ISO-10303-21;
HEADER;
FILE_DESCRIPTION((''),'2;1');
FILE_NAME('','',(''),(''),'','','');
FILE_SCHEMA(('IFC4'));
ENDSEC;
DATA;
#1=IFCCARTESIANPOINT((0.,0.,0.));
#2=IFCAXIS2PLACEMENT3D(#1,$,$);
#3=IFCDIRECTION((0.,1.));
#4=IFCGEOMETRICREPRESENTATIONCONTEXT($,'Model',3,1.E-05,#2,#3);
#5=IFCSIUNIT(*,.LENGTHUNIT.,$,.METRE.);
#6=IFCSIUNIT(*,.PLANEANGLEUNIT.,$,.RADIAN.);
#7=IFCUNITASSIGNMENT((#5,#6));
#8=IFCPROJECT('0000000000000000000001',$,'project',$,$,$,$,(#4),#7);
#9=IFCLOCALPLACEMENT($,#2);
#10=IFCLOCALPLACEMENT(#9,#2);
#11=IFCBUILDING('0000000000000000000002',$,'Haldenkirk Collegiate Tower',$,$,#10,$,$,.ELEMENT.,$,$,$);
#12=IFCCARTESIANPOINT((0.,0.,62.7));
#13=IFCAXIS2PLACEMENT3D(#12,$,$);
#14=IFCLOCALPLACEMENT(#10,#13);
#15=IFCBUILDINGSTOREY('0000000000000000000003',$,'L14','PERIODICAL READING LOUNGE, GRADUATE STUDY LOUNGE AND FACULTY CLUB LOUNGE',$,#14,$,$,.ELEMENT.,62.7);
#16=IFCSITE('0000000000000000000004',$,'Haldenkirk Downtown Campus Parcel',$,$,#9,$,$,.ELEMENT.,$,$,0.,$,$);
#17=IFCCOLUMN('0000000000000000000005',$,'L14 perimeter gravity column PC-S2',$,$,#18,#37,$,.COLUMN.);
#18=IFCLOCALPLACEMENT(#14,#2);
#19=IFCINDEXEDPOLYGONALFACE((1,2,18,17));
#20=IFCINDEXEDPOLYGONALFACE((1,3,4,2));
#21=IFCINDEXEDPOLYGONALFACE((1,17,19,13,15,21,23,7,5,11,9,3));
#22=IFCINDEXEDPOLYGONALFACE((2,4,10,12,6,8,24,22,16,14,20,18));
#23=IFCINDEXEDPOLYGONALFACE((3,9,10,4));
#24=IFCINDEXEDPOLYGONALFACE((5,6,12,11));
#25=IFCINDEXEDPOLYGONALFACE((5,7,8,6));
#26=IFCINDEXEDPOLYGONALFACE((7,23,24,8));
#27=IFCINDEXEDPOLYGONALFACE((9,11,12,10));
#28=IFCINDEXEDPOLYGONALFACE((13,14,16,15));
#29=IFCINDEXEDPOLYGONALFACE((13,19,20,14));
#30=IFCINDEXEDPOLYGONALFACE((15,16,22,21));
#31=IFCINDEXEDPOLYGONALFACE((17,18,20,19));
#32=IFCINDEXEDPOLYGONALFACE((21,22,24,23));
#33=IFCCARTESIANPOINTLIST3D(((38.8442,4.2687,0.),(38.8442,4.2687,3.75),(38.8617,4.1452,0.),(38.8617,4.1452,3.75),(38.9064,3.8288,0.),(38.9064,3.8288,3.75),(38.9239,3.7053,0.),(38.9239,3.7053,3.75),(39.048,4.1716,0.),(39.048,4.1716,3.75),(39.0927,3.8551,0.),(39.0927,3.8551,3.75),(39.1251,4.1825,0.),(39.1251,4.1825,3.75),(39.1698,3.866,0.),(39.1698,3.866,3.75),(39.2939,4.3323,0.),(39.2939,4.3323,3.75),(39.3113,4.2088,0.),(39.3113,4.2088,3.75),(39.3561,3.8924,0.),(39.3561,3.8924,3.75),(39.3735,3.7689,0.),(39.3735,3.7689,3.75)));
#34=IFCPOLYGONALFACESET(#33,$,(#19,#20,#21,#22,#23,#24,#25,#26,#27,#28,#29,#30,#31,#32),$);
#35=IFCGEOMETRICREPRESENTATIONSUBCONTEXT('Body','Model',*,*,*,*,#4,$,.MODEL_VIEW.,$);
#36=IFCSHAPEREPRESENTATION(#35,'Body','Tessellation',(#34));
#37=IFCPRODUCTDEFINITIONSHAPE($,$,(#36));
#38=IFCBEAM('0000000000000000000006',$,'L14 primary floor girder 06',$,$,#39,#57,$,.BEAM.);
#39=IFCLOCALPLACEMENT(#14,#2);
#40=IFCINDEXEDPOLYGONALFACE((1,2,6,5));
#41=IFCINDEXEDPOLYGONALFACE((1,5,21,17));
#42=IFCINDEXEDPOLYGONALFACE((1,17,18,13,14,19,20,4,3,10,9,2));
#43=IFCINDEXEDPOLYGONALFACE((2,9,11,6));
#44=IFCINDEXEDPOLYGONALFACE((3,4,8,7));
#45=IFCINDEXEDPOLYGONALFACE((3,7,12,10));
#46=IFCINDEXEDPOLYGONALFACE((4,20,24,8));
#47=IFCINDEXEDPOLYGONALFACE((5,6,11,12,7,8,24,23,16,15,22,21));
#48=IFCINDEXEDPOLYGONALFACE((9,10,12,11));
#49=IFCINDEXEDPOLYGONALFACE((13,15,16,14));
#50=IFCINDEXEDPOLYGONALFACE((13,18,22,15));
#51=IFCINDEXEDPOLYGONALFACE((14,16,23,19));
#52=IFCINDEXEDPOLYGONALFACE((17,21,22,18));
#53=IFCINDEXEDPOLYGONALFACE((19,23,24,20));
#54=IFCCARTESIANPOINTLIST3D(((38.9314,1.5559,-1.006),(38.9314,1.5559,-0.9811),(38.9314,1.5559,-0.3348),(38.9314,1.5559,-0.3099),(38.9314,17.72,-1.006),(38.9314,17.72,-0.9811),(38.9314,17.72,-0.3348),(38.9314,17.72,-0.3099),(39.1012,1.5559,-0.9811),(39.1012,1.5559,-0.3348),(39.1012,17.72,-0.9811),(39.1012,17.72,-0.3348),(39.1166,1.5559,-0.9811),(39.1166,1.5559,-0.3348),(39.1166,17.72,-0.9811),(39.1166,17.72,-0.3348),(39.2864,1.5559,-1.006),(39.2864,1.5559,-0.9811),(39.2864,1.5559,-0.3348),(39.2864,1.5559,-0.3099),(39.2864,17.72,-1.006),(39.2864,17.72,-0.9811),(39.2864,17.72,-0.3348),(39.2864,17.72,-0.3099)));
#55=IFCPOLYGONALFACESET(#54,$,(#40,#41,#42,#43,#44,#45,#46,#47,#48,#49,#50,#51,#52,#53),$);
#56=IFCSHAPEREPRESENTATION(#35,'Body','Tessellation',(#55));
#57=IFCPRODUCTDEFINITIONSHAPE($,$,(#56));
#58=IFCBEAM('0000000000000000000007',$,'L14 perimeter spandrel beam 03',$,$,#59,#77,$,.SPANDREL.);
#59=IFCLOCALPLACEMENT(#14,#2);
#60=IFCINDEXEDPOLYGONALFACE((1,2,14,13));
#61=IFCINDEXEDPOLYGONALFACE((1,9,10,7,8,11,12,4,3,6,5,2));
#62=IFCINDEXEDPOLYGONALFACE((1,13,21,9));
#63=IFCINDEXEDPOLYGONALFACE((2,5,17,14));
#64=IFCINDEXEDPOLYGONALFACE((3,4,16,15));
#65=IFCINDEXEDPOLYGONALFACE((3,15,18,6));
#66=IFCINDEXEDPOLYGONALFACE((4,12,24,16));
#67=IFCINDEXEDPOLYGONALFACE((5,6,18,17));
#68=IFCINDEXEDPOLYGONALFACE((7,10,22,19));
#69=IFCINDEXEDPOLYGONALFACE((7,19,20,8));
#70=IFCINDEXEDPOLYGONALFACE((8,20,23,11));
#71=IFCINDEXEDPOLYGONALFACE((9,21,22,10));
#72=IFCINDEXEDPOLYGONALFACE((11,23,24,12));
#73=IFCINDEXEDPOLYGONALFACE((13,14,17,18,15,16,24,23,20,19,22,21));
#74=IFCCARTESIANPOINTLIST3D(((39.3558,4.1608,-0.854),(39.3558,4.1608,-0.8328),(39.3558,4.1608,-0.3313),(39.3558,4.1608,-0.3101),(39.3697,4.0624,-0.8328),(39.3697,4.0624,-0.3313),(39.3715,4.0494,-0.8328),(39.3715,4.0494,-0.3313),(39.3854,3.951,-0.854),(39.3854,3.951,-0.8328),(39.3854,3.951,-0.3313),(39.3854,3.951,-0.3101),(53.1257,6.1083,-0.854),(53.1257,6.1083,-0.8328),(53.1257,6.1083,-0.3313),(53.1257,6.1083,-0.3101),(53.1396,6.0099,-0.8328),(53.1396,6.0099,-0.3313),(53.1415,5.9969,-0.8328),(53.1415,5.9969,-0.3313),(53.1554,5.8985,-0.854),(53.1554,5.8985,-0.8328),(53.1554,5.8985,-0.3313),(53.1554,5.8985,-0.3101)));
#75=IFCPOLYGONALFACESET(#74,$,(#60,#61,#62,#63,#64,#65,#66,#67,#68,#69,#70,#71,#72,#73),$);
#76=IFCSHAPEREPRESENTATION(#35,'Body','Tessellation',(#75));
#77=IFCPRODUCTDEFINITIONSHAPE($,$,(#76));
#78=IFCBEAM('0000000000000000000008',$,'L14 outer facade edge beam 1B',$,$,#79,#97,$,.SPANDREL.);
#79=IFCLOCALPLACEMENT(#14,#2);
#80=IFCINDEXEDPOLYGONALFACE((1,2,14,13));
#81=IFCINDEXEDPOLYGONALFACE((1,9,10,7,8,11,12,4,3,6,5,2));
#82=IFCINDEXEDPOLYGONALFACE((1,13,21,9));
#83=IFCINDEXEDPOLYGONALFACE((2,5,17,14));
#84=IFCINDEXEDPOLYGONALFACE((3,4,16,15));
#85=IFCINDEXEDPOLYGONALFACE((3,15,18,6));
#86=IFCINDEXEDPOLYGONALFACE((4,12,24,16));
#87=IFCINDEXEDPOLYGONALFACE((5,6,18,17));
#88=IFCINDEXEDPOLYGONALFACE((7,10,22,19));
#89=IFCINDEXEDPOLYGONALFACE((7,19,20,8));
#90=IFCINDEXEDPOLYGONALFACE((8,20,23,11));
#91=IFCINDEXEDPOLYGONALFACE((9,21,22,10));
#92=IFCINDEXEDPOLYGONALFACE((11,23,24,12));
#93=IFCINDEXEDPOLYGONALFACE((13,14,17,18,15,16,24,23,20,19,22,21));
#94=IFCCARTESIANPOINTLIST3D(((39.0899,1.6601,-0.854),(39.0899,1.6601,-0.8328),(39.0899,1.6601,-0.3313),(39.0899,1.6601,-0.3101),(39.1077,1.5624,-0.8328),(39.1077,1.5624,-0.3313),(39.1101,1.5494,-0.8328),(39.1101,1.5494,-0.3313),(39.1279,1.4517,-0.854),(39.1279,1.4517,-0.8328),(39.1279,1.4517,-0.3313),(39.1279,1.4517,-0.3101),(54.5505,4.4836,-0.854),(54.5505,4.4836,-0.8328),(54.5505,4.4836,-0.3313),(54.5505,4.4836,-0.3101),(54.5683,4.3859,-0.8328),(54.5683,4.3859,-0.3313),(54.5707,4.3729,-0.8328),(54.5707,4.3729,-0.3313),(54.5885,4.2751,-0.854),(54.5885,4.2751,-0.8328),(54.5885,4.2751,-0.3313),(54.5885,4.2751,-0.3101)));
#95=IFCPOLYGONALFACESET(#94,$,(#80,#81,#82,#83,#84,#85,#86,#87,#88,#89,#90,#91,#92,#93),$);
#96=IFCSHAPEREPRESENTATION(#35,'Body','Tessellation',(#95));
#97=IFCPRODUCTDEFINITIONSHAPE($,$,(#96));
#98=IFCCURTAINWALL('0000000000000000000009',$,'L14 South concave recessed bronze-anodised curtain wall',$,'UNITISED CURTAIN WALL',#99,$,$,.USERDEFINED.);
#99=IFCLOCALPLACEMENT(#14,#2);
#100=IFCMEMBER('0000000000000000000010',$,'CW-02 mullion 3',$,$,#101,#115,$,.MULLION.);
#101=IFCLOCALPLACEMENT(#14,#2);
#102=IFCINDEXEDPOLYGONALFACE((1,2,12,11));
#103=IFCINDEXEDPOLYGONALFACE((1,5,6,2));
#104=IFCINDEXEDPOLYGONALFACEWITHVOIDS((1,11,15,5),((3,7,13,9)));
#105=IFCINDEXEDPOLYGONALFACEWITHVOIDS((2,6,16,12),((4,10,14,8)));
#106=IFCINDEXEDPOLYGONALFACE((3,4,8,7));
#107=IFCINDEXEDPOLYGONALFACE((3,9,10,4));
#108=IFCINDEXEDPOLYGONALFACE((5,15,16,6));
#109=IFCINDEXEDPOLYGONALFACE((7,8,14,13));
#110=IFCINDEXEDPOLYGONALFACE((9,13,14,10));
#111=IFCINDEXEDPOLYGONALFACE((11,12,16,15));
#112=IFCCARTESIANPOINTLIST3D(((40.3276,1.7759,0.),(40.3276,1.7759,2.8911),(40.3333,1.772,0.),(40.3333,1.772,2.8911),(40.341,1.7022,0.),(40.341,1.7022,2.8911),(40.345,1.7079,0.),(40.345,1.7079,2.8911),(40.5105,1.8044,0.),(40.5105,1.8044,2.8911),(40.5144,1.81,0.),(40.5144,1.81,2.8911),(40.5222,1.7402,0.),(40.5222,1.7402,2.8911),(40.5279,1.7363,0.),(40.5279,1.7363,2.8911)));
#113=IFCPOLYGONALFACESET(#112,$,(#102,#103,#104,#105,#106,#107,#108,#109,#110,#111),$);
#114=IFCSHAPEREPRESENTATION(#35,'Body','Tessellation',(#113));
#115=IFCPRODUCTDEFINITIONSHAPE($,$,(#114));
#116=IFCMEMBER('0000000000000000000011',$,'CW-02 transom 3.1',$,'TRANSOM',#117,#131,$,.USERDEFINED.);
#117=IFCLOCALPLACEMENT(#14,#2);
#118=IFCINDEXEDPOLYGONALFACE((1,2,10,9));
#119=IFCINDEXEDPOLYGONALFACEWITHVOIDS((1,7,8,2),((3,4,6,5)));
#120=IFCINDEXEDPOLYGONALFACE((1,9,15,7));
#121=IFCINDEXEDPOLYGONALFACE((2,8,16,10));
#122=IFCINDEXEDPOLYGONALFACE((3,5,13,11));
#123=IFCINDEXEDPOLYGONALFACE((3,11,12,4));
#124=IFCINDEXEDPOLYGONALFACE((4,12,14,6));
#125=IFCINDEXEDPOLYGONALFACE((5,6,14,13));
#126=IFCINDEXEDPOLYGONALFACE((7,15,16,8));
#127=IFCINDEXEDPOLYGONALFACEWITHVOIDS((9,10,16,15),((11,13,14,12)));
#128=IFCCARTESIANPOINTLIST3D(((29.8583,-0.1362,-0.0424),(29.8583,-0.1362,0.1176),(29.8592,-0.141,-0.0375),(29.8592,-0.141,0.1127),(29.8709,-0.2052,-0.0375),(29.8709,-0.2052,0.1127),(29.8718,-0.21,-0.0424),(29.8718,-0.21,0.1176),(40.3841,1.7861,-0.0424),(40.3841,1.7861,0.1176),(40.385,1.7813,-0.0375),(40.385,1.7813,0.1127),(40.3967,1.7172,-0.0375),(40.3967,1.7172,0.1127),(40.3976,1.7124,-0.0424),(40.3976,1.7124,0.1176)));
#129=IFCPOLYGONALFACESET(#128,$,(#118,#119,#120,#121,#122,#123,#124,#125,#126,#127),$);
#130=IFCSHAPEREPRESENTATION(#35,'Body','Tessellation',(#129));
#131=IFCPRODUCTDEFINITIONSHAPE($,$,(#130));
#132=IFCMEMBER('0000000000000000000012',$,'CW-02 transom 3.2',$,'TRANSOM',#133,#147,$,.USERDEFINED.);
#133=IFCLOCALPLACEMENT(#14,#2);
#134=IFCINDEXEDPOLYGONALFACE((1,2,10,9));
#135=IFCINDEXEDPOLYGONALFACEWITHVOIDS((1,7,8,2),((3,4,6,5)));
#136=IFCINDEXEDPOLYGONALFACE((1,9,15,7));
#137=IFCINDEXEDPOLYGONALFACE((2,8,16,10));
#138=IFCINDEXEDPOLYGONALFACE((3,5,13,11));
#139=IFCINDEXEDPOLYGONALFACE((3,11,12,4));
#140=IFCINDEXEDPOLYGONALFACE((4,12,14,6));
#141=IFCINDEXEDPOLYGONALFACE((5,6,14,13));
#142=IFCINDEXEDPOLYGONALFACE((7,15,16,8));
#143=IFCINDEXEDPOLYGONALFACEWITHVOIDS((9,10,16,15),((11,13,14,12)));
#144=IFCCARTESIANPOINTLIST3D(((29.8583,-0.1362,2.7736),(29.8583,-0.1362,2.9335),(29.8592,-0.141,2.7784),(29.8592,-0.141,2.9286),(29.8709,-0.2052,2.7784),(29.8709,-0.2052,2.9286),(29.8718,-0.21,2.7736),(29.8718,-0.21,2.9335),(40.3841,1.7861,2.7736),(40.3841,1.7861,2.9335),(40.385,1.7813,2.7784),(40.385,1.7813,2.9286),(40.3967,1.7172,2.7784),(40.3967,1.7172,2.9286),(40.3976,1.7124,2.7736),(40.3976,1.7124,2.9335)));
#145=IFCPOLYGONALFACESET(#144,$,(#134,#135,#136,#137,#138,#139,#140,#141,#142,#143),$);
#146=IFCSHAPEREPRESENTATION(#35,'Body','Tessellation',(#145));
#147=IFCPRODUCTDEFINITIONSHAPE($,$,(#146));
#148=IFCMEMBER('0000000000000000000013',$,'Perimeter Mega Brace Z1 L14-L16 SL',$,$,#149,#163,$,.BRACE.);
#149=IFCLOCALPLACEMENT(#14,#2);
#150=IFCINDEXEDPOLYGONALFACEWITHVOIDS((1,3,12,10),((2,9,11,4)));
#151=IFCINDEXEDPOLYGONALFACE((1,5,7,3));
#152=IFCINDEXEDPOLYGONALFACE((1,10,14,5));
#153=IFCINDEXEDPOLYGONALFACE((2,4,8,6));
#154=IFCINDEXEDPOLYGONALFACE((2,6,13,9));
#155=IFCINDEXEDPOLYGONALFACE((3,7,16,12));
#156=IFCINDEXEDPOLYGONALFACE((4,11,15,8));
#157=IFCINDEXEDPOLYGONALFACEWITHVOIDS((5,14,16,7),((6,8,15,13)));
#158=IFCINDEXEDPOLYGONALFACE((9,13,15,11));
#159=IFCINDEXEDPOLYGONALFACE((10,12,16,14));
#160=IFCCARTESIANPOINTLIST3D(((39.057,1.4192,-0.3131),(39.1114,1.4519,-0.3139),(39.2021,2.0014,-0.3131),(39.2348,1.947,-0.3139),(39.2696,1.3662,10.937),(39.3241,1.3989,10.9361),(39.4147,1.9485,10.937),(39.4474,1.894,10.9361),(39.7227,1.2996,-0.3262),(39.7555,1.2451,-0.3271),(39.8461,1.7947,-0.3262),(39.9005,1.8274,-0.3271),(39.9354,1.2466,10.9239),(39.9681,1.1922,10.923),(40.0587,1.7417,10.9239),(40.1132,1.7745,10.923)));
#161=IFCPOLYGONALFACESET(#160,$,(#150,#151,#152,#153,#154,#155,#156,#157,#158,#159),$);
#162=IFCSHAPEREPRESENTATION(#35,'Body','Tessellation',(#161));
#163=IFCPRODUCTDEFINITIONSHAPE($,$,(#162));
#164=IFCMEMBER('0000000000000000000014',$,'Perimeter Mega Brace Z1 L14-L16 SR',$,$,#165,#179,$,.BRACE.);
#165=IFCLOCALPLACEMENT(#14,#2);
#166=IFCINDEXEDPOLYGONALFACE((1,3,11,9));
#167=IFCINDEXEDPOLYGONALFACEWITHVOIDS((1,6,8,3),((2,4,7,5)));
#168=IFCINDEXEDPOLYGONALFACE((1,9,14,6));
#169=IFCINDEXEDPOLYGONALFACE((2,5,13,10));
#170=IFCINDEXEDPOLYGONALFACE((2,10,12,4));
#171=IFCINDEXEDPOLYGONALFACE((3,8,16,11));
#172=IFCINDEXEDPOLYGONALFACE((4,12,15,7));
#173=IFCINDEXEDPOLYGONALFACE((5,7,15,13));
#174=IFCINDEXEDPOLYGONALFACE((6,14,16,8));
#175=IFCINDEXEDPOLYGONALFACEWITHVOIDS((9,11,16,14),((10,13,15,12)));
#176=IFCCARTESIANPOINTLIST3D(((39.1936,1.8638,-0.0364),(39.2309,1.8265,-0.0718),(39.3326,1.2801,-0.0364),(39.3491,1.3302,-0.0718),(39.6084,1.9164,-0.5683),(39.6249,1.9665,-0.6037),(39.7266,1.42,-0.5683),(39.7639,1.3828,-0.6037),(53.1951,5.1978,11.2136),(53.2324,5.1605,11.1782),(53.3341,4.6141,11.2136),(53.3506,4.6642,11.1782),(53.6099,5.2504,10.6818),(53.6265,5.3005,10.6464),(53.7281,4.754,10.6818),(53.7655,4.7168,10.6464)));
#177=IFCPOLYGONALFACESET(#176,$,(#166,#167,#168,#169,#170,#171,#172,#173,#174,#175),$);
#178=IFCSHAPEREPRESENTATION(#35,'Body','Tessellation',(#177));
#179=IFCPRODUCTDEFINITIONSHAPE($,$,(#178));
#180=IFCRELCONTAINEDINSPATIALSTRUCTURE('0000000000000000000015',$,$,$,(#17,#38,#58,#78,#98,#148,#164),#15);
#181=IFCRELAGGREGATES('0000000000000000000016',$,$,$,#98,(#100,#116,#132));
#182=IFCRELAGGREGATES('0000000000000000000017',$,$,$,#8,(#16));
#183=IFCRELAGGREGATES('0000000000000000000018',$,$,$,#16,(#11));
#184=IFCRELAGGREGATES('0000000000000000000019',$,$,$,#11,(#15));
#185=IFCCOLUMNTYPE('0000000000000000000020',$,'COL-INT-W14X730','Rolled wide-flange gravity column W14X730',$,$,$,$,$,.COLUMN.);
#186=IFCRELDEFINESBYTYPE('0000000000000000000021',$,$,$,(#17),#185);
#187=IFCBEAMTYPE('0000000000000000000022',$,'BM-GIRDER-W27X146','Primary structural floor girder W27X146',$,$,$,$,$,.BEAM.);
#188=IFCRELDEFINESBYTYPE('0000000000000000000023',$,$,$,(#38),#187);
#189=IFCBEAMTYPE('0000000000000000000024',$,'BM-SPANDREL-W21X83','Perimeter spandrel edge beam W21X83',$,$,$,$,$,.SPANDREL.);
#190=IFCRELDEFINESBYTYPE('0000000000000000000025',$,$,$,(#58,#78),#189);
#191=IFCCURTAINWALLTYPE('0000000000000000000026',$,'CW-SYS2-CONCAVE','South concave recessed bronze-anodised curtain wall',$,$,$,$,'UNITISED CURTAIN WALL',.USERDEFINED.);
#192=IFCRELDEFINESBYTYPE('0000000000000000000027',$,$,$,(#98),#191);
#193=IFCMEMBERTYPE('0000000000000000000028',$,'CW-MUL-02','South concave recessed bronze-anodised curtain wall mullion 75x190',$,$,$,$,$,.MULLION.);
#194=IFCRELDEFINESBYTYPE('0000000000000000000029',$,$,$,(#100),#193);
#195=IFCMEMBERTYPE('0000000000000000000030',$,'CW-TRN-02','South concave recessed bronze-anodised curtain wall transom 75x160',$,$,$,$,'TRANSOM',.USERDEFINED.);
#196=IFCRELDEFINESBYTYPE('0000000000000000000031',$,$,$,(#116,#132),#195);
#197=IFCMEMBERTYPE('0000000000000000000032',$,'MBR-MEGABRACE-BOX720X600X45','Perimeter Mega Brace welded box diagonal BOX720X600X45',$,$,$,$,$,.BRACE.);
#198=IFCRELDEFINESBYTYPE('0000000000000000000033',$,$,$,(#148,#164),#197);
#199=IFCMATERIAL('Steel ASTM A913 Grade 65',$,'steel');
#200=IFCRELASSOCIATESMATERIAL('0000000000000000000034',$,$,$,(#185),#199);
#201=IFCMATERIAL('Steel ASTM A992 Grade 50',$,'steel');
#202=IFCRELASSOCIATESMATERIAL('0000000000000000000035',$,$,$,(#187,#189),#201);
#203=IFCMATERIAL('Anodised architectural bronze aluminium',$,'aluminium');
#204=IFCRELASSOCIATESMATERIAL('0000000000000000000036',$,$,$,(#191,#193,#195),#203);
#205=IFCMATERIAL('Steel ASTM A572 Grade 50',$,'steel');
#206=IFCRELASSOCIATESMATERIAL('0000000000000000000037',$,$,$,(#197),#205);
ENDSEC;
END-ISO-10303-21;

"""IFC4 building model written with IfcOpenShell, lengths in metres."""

from ifc_helpers import new_model, si_unit, direction, frame, origin, origin_2d, place, context, subcontext, project, spatial, hollow_rectangle, i_section, extrude, material, material_profile, profile_set, type_object, element, aggregate, save


model = new_model("IFC4")

# Units and contexts
model_context = context("Model", 3, precision=1e-05, world=origin(), true_north=direction((0.0, 1.0)))
body_context = subcontext(model_context, "Body", "Model", "MODEL_VIEW")
ifc_project = project(units=[si_unit("LENGTHUNIT", "METRE"), si_unit("PLANEANGLEUNIT", "RADIAN")], contexts=[model_context])

# Site, building, storey
site_placement = place(None, origin())
site = spatial("IfcSite", under=ifc_project, at=site_placement, Name="Haldenkirk Downtown Campus Parcel", CompositionType="ELEMENT", RefElevation=0.0)
building_placement = place(site_placement, origin())
building = spatial("IfcBuilding", under=site, at=building_placement, Name="Haldenkirk Collegiate Tower", CompositionType="ELEMENT")
storey_placement = place(building_placement, frame((0.0, 0.0, 62.7)))
storey = spatial("IfcBuildingStorey", under=building, at=storey_placement, Name="L14", Description="PERIODICAL READING LOUNGE, GRADUATE STUDY LOUNGE AND FACULTY CLUB LOUNGE", CompositionType="ELEMENT", Elevation=62.7)

# Column
ifc_material_1 = material(Name="Steel ASTM A913 Grade 65", Category="steel")
ifc_material_profile_1 = material_profile(ifc_material_1, i_section(OverallWidth=0.4541, OverallDepth=0.5691, WebThickness=0.0779, FlangeThickness=0.1248, at=origin_2d()), Name="W14X730")
ifc_profile_set_1 = profile_set([ifc_material_profile_1], Name="Steel ASTM A913 Grade 65")
column_type = type_object("IfcColumnType", Name="COL-INT-W14X730", Description="Rolled wide-flange gravity column W14X730", PredefinedType="COLUMN", material=ifc_profile_set_1)
column_placement = place(storey_placement, frame((39.1089, 4.0188, 0.0), z_axis=(0.0, 0.0, 1.0), x_axis=(0.990146, 0.140037, 0.0)))
element("IfcColumn", 1, at=column_placement, inside=storey, type_object=column_type, Name="L14 perimeter gravity column PC-S2", PredefinedType="COLUMN", context=body_context, shape_type="SweptSolid", body=[
    extrude(i_section(OverallWidth=0.4541, OverallDepth=0.5691, WebThickness=0.0779, FlangeThickness=0.1248, at=origin_2d()), origin(), (0.0, 0.0, 1.0), 3.75),
])

# Beams
ifc_material_2 = material(Name="Steel ASTM A992 Grade 50", Category="steel")
ifc_material_profile_2 = material_profile(ifc_material_2, i_section(OverallWidth=0.355, OverallDepth=0.696, WebThickness=0.0154, FlangeThickness=0.0249, at=origin_2d()), Name="W27X146")
ifc_profile_set_2 = profile_set([ifc_material_profile_2], Name="Steel ASTM A992 Grade 50")
beam_type_1 = type_object("IfcBeamType", Name="BM-GIRDER-W27X146", Description="Primary structural floor girder W27X146", PredefinedType="BEAM", material=ifc_profile_set_2)
beam_1_placement = place(storey_placement, frame((39.1089, 1.5559, -0.658), z_axis=(0.0, 1.0, 0.0), x_axis=(-1.0, 0.0, 0.0)))
element("IfcBeam", 2, at=beam_1_placement, inside=storey, type_object=beam_type_1, Name="L14 primary floor girder 06", PredefinedType="BEAM", context=body_context, shape_type="SweptSolid", body=[
    extrude(i_section(OverallWidth=0.355, OverallDepth=0.696, WebThickness=0.0154, FlangeThickness=0.0249, at=origin_2d()), origin(), (0.0, 0.0, 1.0), 16.1641),
])
ifc_material_profile_3 = material_profile(ifc_material_2, i_section(OverallWidth=0.2119, OverallDepth=0.5439, WebThickness=0.0132, FlangeThickness=0.0212, at=origin_2d()), Name="W21X83")
ifc_profile_set_3 = profile_set([ifc_material_profile_3], Name="Steel ASTM A992 Grade 50")
beam_type_2 = type_object("IfcBeamType", Name="BM-SPANDREL-W21X83", Description="Perimeter spandrel edge beam W21X83", PredefinedType="SPANDREL", material=ifc_profile_set_3)
beam_2_placement = place(storey_placement, frame((39.3706, 4.0559, -0.582), z_axis=(0.990146, 0.140038, 0.0), x_axis=(-0.140038, 0.990146, 0.0)))
element("IfcBeam", 3, at=beam_2_placement, inside=storey, type_object=beam_type_2, Name="L14 perimeter spandrel beam 03", PredefinedType="SPANDREL", context=body_context, shape_type="SweptSolid", body=[
    extrude(i_section(OverallWidth=0.2119, OverallDepth=0.5439, WebThickness=0.0132, FlangeThickness=0.0212, at=origin_2d()), origin(), (0.0, 0.0, 1.0), 13.907),
])
beam_3_placement = place(storey_placement, frame((39.1089, 1.5559, -0.582), z_axis=(0.98373, 0.179652, 0.0), x_axis=(-0.179652, 0.98373, 0.0)))
element("IfcBeam", 4, at=beam_3_placement, inside=storey, type_object=beam_type_2, Name="L14 outer facade edge beam 1B", PredefinedType="SPANDREL", context=body_context, shape_type="SweptSolid", body=[
    extrude(i_section(OverallWidth=0.2119, OverallDepth=0.5439, WebThickness=0.0132, FlangeThickness=0.0212, at=origin_2d()), origin(), (0.0, 0.0, 1.0), 15.7163),
])

# Curtain wall, members
ifc_material_3 = material(Name="Anodised architectural bronze aluminium", Category="aluminium")
curtain_wall_type = type_object("IfcCurtainWallType", Name="CW-SYS2-CONCAVE", Description="South concave recessed bronze-anodised curtain wall", ElementType="UNITISED CURTAIN WALL", PredefinedType="USERDEFINED", material=ifc_material_3)
curtain_wall_placement = place(storey_placement, origin())
curtain_wall = element("IfcCurtainWall", 5, at=curtain_wall_placement, inside=storey, type_object=curtain_wall_type, Name="L14 South concave recessed bronze-anodised curtain wall", ObjectType="UNITISED CURTAIN WALL", PredefinedType="USERDEFINED")
ifc_material_profile_4 = material_profile(ifc_material_3, hollow_rectangle(XDim=0.075, YDim=0.1899, WallThickness=0.0049, at=origin_2d()), Name="CW-MUL-02")
ifc_profile_set_4 = profile_set([ifc_material_profile_4], Name="Anodised architectural bronze aluminium")
member_type_1 = type_object("IfcMemberType", Name="CW-MUL-02", Description="South concave recessed bronze-anodised curtain wall mullion 75x190", PredefinedType="MULLION", material=ifc_profile_set_4)
member_1_placement = place(storey_placement, frame((40.4277, 1.7561, 0.0), z_axis=(0.0, 0.0, 1.0), x_axis=(0.179659, -0.983729, 0.0)))
member_1 = element("IfcMember", 6, at=member_1_placement, type_object=member_type_1, Name="CW-02 mullion 3", PredefinedType="MULLION", context=body_context, shape_type="SweptSolid", body=[
    extrude(hollow_rectangle(XDim=0.075, YDim=0.1899, WallThickness=0.0049, at=origin_2d()), origin(), (0.0, 0.0, 1.0), 2.8911),
])
ifc_material_profile_5 = material_profile(ifc_material_3, hollow_rectangle(XDim=0.075, YDim=0.1599, WallThickness=0.0049, at=origin_2d()), Name="CW-TRN-02")
ifc_profile_set_5 = profile_set([ifc_material_profile_5], Name="Anodised architectural bronze aluminium")
member_type_2 = type_object("IfcMemberType", Name="CW-TRN-02", Description="South concave recessed bronze-anodised curtain wall transom 75x160", ElementType="TRANSOM", PredefinedType="USERDEFINED", material=ifc_profile_set_5)
member_2_placement = place(storey_placement, frame((40.3909, 1.7493, 0.0376), z_axis=(-0.983729, -0.17966, 0.0), x_axis=(0.17966, -0.983729, 0.0)))
member_2 = element("IfcMember", 7, at=member_2_placement, type_object=member_type_2, Name="CW-02 transom 3.1", ObjectType="TRANSOM", PredefinedType="USERDEFINED", context=body_context, shape_type="SweptSolid", body=[
    extrude(hollow_rectangle(XDim=0.075, YDim=0.1599, WallThickness=0.0049, at=origin_2d()), origin(), (0.0, 0.0, 1.0), 10.7),
])
member_3_placement = place(storey_placement, frame((40.3909, 1.7493, 2.8535), z_axis=(-0.983729, -0.17966, 0.0), x_axis=(0.17966, -0.983729, 0.0)))
member_3 = element("IfcMember", 8, at=member_3_placement, type_object=member_type_2, Name="CW-02 transom 3.2", ObjectType="TRANSOM", PredefinedType="USERDEFINED", context=body_context, shape_type="SweptSolid", body=[
    extrude(hollow_rectangle(XDim=0.075, YDim=0.1599, WallThickness=0.0049, at=origin_2d()), origin(), (0.0, 0.0, 1.0), 10.7),
])

# Members
ifc_material_4 = material(Name="Steel ASTM A572 Grade 50", Category="steel")
ifc_material_profile_6 = material_profile(ifc_material_4, hollow_rectangle(XDim=0.6001, YDim=0.72, WallThickness=0.0449, at=origin_2d()), Name="BOX720X600X45")
ifc_profile_set_6 = profile_set([ifc_material_profile_6], Name="Steel ASTM A572 Grade 50")
member_type_3 = type_object("IfcMemberType", Name="MBR-MEGABRACE-BOX720X600X45", Description="Perimeter Mega Brace welded box diagonal BOX720X600X45", PredefinedType="BRACE", material=ifc_profile_set_6)
member_4_placement = place(storey_placement, frame((39.4788, 1.6233, -0.3201), z_axis=(0.018898, -0.004708, 0.99981), x_axis=(0.241749, 0.970339, 0.0)))
element("IfcMember", 9, at=member_4_placement, inside=storey, type_object=member_type_3, Name="Perimeter Mega Brace Z1 L14-L16 SL", PredefinedType="BRACE", context=body_context, shape_type="SweptSolid", body=[
    extrude(hollow_rectangle(XDim=0.6001, YDim=0.72, WallThickness=0.0449, at=origin_2d()), origin(), (0.0, 0.0, 1.0), 11.2522),
])
member_5_placement = place(storey_placement, frame((39.4788, 1.6233, -0.3201), z_axis=(0.766449, 0.182504, 0.615832), x_axis=(-0.23164, 0.972801, 0.0)))
element("IfcMember", 10, at=member_5_placement, inside=storey, type_object=member_type_3, Name="Perimeter Mega Brace Z1 L14-L16 SR", PredefinedType="BRACE", context=body_context, shape_type="SweptSolid", body=[
    extrude(hollow_rectangle(XDim=0.6001, YDim=0.72, WallThickness=0.0449, at=origin_2d()), origin(), (0.0, 0.0, 1.0), 18.2681),
])

aggregate(curtain_wall, [member_1, member_2, member_3])

save(model, "model.ifc")
